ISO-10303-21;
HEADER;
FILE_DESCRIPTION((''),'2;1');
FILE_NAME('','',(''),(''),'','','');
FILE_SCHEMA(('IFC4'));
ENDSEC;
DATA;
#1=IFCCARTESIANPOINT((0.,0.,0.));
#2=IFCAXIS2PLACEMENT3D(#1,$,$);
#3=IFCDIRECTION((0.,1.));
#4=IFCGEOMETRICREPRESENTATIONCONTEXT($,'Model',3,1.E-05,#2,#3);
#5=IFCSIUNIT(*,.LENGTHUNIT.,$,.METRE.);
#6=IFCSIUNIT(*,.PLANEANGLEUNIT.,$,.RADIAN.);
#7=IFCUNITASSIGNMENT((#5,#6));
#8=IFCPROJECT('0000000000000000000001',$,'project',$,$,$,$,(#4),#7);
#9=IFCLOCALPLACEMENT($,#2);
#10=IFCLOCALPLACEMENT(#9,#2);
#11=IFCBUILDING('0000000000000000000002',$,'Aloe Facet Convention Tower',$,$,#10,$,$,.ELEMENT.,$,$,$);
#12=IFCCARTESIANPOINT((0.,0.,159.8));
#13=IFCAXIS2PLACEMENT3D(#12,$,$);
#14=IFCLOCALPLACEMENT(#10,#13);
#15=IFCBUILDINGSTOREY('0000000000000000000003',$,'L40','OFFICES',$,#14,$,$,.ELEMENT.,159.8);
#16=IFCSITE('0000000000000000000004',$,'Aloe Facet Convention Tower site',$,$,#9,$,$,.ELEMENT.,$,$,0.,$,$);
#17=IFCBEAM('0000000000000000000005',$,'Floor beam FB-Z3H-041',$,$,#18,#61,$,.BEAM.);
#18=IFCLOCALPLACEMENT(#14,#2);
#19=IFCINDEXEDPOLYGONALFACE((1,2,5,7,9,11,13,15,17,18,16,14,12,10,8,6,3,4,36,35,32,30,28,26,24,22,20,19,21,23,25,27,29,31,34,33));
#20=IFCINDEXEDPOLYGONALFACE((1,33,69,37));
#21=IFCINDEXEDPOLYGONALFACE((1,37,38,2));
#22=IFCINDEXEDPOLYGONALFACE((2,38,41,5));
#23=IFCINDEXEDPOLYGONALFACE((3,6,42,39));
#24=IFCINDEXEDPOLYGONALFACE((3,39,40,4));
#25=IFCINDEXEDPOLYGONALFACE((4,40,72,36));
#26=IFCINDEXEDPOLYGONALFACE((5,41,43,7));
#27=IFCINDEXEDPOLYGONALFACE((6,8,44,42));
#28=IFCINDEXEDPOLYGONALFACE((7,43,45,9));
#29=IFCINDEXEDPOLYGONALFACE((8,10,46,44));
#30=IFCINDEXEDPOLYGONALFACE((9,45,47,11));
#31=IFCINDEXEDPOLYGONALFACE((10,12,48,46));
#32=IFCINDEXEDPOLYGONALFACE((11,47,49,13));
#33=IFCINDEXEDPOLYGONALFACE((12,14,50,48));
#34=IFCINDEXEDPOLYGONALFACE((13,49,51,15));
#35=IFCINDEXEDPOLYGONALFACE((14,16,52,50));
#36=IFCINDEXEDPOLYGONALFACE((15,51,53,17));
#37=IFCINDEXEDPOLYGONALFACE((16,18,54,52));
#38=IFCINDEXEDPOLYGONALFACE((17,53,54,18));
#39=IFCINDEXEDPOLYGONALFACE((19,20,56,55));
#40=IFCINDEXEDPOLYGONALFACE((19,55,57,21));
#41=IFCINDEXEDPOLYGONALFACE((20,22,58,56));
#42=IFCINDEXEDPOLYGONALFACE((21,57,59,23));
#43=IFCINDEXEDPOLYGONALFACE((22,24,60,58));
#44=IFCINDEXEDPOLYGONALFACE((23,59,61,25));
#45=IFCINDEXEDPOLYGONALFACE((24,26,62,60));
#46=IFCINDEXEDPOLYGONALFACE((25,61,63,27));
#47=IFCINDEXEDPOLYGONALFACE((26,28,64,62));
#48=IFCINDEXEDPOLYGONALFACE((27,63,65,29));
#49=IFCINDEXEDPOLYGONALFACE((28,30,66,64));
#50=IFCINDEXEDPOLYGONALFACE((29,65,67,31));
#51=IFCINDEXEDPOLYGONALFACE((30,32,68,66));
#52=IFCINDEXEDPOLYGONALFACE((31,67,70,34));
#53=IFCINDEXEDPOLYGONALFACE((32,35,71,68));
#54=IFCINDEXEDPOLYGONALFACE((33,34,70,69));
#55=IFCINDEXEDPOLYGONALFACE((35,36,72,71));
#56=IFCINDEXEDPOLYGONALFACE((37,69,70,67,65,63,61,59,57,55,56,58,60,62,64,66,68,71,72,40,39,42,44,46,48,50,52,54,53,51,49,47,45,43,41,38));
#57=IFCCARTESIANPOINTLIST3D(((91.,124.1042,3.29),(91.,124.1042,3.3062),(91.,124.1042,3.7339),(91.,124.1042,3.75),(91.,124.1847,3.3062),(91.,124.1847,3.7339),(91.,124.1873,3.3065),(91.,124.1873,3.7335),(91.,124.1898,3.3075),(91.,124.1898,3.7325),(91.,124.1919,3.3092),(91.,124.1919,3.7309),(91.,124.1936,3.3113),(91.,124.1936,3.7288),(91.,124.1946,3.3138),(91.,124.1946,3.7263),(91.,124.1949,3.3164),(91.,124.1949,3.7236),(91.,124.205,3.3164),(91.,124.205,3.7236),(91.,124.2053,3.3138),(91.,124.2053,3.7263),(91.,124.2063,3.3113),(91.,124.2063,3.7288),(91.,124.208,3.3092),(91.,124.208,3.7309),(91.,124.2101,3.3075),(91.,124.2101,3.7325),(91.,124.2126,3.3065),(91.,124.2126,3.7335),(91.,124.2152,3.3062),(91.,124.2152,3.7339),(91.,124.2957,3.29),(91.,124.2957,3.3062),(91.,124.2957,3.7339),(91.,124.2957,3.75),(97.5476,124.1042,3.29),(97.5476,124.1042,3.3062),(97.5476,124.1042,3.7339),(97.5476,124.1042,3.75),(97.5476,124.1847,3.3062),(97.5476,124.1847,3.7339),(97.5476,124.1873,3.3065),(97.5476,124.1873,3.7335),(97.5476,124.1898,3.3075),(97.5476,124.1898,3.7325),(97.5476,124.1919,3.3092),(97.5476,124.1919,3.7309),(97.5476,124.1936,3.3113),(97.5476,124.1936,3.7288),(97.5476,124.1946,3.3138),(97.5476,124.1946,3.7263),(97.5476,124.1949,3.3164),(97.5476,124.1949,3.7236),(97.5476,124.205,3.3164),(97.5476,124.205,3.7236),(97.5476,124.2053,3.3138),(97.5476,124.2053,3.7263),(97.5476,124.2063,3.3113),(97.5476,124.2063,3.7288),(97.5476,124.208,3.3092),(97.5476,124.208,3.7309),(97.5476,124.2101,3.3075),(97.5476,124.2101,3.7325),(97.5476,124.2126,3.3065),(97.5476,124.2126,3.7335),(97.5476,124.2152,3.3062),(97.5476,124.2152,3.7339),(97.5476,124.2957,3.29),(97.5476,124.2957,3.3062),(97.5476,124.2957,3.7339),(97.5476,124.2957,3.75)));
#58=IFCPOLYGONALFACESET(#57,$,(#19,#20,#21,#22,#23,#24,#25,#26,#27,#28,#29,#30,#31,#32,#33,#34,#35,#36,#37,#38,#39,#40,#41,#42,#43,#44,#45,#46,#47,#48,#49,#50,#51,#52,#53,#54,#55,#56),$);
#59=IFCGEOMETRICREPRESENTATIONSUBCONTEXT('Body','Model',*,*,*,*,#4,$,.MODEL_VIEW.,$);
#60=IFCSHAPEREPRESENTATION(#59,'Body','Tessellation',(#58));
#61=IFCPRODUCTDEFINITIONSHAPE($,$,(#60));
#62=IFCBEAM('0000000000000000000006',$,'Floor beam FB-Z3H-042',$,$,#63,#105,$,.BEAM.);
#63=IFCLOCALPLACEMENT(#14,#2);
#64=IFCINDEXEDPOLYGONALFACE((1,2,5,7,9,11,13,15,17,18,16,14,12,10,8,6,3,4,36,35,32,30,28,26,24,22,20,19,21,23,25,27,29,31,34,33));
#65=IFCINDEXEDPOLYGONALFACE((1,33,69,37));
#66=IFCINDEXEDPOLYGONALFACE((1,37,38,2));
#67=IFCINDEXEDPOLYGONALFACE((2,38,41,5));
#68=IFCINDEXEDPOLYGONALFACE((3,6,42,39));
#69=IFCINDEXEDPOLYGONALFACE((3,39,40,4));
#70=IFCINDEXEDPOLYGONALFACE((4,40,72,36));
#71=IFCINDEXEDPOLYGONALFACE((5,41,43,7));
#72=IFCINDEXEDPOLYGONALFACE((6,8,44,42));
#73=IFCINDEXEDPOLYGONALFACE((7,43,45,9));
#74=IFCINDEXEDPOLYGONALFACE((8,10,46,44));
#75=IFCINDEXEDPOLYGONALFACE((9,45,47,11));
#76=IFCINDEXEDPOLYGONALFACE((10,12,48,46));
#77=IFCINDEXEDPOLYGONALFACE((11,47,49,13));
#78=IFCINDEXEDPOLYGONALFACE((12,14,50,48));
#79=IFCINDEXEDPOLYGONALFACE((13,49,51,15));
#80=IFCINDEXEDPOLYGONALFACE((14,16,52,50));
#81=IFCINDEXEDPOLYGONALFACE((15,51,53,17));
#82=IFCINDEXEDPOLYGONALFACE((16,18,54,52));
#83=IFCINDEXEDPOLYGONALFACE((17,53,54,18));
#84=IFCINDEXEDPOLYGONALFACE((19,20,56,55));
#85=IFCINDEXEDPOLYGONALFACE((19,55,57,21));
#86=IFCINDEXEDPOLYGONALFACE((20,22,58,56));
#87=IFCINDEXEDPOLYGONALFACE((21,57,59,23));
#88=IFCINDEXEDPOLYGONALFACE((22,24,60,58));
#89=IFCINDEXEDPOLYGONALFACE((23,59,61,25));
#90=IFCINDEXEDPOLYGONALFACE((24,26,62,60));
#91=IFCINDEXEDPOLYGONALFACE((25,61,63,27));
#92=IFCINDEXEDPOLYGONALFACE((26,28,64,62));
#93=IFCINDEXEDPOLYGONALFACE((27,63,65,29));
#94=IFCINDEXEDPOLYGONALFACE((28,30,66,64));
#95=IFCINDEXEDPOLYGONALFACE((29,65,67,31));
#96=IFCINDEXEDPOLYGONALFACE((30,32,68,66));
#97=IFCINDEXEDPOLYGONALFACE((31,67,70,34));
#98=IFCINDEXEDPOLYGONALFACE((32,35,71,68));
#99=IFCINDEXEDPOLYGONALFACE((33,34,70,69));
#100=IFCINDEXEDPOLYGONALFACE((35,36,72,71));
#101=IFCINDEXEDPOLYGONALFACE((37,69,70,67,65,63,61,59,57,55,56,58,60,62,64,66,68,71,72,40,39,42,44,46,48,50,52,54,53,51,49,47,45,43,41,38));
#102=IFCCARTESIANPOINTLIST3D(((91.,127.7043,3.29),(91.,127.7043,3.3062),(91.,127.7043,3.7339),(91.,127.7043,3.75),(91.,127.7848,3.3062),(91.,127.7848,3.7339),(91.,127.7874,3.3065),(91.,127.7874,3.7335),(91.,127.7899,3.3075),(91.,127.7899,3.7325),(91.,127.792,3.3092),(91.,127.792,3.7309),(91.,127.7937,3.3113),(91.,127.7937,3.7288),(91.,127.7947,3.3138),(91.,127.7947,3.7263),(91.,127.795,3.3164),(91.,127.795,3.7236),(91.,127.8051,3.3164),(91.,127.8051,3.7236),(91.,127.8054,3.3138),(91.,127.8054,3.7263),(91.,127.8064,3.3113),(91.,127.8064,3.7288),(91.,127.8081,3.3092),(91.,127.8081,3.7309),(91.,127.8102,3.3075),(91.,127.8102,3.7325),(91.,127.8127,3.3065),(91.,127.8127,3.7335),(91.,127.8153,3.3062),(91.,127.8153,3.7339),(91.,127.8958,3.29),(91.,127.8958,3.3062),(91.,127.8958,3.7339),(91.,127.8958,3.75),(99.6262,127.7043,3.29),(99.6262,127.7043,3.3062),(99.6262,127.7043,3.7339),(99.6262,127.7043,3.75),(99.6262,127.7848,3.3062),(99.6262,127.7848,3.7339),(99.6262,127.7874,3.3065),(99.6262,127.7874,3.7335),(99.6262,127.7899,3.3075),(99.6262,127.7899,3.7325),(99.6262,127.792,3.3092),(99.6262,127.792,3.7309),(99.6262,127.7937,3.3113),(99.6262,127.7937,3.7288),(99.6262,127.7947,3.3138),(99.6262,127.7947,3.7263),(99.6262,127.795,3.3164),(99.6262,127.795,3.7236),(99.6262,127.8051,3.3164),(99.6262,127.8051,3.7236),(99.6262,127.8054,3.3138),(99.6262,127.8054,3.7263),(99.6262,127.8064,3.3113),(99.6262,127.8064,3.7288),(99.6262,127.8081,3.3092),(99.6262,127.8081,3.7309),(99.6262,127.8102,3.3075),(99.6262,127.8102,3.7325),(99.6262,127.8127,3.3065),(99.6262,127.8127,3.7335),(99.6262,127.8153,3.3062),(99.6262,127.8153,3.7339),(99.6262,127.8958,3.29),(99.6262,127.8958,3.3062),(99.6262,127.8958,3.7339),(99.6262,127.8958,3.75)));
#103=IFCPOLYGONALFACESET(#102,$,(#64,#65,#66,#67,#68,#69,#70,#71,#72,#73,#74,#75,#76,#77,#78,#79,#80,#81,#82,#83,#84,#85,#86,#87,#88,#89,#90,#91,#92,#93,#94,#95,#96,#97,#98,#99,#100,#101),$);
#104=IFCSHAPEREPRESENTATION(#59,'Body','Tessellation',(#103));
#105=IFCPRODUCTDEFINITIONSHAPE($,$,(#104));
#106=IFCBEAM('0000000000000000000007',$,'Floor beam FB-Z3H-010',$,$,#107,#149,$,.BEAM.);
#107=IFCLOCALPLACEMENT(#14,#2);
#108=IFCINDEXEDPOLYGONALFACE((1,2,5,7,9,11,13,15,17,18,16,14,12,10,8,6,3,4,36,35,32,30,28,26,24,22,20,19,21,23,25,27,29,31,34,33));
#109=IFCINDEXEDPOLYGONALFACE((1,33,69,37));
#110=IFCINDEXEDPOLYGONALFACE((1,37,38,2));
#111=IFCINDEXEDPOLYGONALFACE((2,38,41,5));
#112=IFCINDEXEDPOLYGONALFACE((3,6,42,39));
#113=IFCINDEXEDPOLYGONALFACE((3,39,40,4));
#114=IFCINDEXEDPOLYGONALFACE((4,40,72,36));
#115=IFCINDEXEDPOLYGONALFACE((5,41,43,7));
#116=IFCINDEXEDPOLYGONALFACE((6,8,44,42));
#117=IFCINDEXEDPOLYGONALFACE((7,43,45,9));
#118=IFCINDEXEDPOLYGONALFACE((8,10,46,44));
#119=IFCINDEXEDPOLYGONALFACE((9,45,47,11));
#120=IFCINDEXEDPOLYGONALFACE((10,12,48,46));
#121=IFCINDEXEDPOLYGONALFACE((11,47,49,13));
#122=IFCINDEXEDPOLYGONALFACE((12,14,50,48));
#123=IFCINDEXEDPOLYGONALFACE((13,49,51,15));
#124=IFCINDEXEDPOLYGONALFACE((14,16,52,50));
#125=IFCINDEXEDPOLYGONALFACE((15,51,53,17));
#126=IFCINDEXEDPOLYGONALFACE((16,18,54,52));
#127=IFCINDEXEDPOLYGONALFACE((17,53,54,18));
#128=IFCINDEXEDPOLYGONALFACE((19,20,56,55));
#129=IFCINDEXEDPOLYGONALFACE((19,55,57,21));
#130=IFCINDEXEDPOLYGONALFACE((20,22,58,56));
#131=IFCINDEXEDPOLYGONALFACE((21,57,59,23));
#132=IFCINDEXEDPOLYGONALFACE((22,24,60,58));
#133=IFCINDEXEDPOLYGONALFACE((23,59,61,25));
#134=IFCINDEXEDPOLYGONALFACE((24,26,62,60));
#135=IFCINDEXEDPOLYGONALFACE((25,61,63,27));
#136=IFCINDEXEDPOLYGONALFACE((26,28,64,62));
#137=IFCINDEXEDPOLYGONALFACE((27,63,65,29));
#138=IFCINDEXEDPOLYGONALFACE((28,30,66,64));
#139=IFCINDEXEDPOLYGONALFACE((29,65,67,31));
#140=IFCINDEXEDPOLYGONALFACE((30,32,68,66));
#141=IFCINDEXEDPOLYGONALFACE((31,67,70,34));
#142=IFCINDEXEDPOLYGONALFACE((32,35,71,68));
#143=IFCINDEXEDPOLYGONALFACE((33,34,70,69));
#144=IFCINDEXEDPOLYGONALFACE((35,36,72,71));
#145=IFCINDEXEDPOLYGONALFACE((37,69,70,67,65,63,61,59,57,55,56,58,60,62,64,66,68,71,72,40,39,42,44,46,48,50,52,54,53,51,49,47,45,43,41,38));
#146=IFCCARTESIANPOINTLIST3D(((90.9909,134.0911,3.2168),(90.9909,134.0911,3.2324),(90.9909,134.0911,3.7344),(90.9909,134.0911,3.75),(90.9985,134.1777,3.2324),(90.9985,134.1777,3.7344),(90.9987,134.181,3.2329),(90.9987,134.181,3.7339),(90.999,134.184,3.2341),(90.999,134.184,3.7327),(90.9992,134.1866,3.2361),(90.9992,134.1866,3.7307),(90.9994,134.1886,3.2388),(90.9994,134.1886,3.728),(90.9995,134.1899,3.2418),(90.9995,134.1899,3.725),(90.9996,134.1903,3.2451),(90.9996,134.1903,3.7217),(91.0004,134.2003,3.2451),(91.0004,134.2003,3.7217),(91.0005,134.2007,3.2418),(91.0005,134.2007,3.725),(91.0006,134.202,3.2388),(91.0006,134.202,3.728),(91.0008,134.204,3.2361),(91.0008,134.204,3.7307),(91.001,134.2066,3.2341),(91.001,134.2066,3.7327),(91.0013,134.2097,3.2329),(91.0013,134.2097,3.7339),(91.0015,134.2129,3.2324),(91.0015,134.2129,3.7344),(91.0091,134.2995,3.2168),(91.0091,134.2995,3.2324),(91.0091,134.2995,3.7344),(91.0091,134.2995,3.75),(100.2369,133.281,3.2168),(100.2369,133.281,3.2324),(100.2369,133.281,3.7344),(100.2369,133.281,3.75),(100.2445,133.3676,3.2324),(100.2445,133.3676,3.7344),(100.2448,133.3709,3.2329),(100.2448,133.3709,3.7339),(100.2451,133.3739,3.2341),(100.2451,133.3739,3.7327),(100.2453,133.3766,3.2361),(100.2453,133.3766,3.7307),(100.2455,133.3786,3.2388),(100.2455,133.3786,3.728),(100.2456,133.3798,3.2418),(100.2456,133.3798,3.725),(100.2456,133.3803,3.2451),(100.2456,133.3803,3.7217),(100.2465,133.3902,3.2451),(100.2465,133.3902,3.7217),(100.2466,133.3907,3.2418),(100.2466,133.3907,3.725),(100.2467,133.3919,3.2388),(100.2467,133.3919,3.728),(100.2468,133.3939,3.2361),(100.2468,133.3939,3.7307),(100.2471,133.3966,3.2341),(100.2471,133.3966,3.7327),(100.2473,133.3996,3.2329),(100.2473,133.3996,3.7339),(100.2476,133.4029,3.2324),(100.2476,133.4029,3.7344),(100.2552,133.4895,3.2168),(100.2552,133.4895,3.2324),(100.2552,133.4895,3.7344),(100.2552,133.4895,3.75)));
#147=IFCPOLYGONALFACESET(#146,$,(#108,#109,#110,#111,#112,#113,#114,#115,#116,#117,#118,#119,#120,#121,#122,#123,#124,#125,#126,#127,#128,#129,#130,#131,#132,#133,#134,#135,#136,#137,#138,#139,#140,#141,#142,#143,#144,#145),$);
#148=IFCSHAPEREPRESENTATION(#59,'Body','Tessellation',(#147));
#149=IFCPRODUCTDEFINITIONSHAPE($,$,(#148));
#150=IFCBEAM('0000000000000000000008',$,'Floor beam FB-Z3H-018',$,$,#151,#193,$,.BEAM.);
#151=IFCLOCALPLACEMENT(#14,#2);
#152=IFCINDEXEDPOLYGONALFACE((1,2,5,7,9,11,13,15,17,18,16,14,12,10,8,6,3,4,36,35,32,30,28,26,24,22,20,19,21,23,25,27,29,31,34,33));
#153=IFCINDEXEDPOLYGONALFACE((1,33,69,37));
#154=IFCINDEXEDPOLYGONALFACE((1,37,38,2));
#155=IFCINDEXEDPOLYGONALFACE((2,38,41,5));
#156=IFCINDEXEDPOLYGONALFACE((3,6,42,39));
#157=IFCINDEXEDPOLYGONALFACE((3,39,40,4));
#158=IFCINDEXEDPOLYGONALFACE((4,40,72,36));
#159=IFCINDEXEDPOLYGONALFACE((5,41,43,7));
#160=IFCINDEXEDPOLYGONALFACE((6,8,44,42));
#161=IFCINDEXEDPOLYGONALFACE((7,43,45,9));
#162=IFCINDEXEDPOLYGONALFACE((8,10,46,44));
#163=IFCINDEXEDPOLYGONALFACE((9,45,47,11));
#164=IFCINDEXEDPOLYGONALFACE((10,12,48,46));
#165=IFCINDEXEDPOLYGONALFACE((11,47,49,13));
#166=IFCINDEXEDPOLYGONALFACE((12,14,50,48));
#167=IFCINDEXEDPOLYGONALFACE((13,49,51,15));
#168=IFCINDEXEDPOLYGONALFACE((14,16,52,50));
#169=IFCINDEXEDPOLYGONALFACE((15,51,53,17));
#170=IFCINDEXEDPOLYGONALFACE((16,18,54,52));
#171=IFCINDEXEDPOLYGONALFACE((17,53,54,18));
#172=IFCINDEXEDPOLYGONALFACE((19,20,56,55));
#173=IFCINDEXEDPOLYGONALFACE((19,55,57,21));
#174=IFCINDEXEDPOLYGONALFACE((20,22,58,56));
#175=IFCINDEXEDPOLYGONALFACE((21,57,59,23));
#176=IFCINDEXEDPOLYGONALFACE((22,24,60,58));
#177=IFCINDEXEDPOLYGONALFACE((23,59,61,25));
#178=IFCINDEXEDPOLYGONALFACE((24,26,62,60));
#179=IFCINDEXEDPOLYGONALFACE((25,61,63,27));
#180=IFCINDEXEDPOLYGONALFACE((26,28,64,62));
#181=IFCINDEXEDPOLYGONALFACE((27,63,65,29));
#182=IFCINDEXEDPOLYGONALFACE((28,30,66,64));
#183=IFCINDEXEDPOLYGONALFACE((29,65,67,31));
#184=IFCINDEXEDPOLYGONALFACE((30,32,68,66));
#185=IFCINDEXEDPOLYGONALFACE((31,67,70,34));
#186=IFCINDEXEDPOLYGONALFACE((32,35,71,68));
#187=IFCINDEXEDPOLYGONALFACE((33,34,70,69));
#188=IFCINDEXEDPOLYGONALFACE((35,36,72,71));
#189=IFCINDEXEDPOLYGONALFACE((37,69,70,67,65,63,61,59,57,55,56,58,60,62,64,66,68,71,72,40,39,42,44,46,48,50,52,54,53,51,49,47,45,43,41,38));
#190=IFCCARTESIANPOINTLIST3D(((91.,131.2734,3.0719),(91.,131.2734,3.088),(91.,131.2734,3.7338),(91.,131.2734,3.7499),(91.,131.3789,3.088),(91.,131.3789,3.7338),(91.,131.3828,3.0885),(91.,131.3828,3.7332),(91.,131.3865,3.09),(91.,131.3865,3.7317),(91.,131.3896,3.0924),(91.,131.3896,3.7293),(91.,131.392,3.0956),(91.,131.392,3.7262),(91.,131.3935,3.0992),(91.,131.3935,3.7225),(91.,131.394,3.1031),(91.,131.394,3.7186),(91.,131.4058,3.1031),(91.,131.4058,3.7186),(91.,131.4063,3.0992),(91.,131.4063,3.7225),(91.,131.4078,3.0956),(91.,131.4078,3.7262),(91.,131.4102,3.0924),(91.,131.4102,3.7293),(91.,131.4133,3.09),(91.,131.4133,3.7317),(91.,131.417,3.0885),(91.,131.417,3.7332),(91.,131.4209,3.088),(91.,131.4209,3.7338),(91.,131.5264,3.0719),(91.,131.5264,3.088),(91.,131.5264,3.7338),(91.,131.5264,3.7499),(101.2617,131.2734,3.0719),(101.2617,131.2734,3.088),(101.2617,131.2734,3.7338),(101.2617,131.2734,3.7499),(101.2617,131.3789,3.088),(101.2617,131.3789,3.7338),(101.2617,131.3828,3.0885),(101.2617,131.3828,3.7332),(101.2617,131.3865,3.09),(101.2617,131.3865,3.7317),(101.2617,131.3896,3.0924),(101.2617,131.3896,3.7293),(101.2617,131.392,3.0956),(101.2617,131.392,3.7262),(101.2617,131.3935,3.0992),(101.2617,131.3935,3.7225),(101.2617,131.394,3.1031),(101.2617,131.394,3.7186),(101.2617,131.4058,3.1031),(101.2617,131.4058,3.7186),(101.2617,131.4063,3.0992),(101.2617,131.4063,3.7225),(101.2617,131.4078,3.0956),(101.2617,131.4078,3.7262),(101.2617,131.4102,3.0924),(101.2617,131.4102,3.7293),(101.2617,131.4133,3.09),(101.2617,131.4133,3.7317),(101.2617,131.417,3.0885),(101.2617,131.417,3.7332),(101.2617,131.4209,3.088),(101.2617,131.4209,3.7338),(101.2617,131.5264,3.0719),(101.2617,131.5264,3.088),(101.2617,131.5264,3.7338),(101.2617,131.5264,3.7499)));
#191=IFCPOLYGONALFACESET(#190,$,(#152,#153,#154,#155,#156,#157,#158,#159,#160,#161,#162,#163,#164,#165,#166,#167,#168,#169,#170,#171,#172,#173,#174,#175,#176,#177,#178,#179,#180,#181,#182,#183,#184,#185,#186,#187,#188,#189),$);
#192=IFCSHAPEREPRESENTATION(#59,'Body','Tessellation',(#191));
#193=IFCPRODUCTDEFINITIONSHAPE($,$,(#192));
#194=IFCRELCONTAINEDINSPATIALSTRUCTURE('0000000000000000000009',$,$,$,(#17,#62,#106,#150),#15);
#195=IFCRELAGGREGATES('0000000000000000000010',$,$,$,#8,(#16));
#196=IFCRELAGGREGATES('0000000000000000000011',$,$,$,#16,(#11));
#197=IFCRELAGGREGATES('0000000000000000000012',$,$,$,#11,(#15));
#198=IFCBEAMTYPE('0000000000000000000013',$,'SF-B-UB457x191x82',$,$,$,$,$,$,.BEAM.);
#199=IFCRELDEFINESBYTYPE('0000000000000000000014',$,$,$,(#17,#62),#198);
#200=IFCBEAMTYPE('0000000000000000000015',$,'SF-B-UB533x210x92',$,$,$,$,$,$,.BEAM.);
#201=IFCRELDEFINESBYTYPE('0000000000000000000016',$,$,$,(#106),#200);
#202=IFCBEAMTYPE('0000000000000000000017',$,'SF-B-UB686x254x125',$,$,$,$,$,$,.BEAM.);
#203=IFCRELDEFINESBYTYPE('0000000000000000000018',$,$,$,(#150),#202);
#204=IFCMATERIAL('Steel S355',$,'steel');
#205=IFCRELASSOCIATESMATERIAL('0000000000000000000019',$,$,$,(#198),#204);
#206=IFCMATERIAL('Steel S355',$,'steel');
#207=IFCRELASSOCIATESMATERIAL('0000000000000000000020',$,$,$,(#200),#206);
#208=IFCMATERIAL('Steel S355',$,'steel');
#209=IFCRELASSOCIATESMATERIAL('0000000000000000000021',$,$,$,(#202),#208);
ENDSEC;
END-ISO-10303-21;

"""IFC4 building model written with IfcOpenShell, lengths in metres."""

from ifc_helpers import new_model, si_unit, direction, frame, origin, origin_2d, place, context, subcontext, project, spatial, i_section, extrude, material, material_profile, profile_set, type_object, element, save


model = new_model("IFC4")

# Units and contexts
model_context = context("Model", 3, precision=1e-05, world=origin(), true_north=direction((0.0, 1.0)))
body_context = subcontext(model_context, "Body", "Model", "MODEL_VIEW")
ifc_project = project(units=[si_unit("LENGTHUNIT", "METRE"), si_unit("PLANEANGLEUNIT", "RADIAN")], contexts=[model_context])

# Site, building, storey
site_placement = place(None, origin())
site = spatial("IfcSite", under=ifc_project, at=site_placement, Name="Aloe Facet Convention Tower site", CompositionType="ELEMENT", RefElevation=0.0)
building_placement = place(site_placement, origin())
building = spatial("IfcBuilding", under=site, at=building_placement, Name="Aloe Facet Convention Tower", CompositionType="ELEMENT")
storey_placement = place(building_placement, frame((0.0, 0.0, 159.8)))
storey = spatial("IfcBuildingStorey", under=building, at=storey_placement, Name="L40", Description="OFFICES", CompositionType="ELEMENT", Elevation=159.8)

# Beams
ifc_material_1 = material(Name="Steel S355", Category="steel")
ifc_material_profile_1 = material_profile(ifc_material_1, i_section(OverallWidth=0.1914, OverallDepth=0.46, WebThickness=0.01, FlangeThickness=0.0161, FilletRadius=0.0103, at=origin_2d()), Name="UB 457x191x82")
ifc_profile_set_1 = profile_set([ifc_material_profile_1], Name="Steel S355")
beam_type_1 = type_object("IfcBeamType", Name="SF-B-UB457x191x82", PredefinedType="BEAM", material=ifc_profile_set_1)
beam_1_placement = place(storey_placement, frame((91.0, 124.2, 3.52), z_axis=(1.0, 0.0, 0.0), x_axis=(0.0, 1.0, 0.0)))
element("IfcBeam", 1, at=beam_1_placement, inside=storey, type_object=beam_type_1, Name="Floor beam FB-Z3H-041", PredefinedType="BEAM", context=body_context, shape_type="SweptSolid", body=[
    extrude(i_section(OverallWidth=0.1914, OverallDepth=0.46, WebThickness=0.01, FlangeThickness=0.0161, FilletRadius=0.0103, at=origin_2d()), origin(), (0.0, 0.0, 1.0), 6.5476),
])
beam_2_placement = place(storey_placement, frame((91.0, 127.8, 3.52), z_axis=(1.0, 0.0, 0.0), x_axis=(0.0, 1.0, 0.0)))
element("IfcBeam", 2, at=beam_2_placement, inside=storey, type_object=beam_type_1, Name="Floor beam FB-Z3H-042", PredefinedType="BEAM", context=body_context, shape_type="SweptSolid", body=[
    extrude(i_section(OverallWidth=0.1914, OverallDepth=0.46, WebThickness=0.01, FlangeThickness=0.0161, FilletRadius=0.0103, at=origin_2d()), origin(), (0.0, 0.0, 1.0), 8.6262),
])
ifc_material_2 = material(Name="Steel S355", Category="steel")
ifc_material_profile_2 = material_profile(ifc_material_2, i_section(OverallWidth=0.2092, OverallDepth=0.5332, WebThickness=0.01, FlangeThickness=0.0156, FilletRadius=0.0127, at=origin_2d()), Name="UB 533x210x92")
ifc_profile_set_2 = profile_set([ifc_material_profile_2], Name="Steel S355")
beam_type_2 = type_object("IfcBeamType", Name="SF-B-UB533x210x92", PredefinedType="BEAM", material=ifc_profile_set_2)
beam_3_placement = place(storey_placement, frame((91.0, 134.1953, 3.4834), z_axis=(0.996184, -0.087277, 0.0), x_axis=(0.087277, 0.996184, 0.0)))
element("IfcBeam", 3, at=beam_3_placement, inside=storey, type_object=beam_type_2, Name="Floor beam FB-Z3H-010", PredefinedType="BEAM", context=body_context, shape_type="SweptSolid", body=[
    extrude(i_section(OverallWidth=0.2092, OverallDepth=0.5332, WebThickness=0.01, FlangeThickness=0.0156, FilletRadius=0.0127, at=origin_2d()), origin(), (0.0, 0.0, 1.0), 9.2815),
])
ifc_material_3 = material(Name="Steel S355", Category="steel")
ifc_material_profile_3 = material_profile(ifc_material_3, i_section(OverallWidth=0.2529, OverallDepth=0.678, WebThickness=0.0117, FlangeThickness=0.0161, FilletRadius=0.0151, at=origin_2d()), Name="UB 686x254x125")
ifc_profile_set_3 = profile_set([ifc_material_profile_3], Name="Steel S355")
beam_type_3 = type_object("IfcBeamType", Name="SF-B-UB686x254x125", PredefinedType="BEAM", material=ifc_profile_set_3)
beam_4_placement = place(storey_placement, frame((91.0, 131.3999, 3.4109), z_axis=(1.0, 0.0, 0.0), x_axis=(0.0, 1.0, 0.0)))
element("IfcBeam", 4, at=beam_4_placement, inside=storey, type_object=beam_type_3, Name="Floor beam FB-Z3H-018", PredefinedType="BEAM", context=body_context, shape_type="SweptSolid", body=[
    extrude(i_section(OverallWidth=0.2529, OverallDepth=0.678, WebThickness=0.0117, FlangeThickness=0.0161, FilletRadius=0.0151, at=origin_2d()), origin(), (0.0, 0.0, 1.0), 10.2617),
])

save(model, "model.ifc")
